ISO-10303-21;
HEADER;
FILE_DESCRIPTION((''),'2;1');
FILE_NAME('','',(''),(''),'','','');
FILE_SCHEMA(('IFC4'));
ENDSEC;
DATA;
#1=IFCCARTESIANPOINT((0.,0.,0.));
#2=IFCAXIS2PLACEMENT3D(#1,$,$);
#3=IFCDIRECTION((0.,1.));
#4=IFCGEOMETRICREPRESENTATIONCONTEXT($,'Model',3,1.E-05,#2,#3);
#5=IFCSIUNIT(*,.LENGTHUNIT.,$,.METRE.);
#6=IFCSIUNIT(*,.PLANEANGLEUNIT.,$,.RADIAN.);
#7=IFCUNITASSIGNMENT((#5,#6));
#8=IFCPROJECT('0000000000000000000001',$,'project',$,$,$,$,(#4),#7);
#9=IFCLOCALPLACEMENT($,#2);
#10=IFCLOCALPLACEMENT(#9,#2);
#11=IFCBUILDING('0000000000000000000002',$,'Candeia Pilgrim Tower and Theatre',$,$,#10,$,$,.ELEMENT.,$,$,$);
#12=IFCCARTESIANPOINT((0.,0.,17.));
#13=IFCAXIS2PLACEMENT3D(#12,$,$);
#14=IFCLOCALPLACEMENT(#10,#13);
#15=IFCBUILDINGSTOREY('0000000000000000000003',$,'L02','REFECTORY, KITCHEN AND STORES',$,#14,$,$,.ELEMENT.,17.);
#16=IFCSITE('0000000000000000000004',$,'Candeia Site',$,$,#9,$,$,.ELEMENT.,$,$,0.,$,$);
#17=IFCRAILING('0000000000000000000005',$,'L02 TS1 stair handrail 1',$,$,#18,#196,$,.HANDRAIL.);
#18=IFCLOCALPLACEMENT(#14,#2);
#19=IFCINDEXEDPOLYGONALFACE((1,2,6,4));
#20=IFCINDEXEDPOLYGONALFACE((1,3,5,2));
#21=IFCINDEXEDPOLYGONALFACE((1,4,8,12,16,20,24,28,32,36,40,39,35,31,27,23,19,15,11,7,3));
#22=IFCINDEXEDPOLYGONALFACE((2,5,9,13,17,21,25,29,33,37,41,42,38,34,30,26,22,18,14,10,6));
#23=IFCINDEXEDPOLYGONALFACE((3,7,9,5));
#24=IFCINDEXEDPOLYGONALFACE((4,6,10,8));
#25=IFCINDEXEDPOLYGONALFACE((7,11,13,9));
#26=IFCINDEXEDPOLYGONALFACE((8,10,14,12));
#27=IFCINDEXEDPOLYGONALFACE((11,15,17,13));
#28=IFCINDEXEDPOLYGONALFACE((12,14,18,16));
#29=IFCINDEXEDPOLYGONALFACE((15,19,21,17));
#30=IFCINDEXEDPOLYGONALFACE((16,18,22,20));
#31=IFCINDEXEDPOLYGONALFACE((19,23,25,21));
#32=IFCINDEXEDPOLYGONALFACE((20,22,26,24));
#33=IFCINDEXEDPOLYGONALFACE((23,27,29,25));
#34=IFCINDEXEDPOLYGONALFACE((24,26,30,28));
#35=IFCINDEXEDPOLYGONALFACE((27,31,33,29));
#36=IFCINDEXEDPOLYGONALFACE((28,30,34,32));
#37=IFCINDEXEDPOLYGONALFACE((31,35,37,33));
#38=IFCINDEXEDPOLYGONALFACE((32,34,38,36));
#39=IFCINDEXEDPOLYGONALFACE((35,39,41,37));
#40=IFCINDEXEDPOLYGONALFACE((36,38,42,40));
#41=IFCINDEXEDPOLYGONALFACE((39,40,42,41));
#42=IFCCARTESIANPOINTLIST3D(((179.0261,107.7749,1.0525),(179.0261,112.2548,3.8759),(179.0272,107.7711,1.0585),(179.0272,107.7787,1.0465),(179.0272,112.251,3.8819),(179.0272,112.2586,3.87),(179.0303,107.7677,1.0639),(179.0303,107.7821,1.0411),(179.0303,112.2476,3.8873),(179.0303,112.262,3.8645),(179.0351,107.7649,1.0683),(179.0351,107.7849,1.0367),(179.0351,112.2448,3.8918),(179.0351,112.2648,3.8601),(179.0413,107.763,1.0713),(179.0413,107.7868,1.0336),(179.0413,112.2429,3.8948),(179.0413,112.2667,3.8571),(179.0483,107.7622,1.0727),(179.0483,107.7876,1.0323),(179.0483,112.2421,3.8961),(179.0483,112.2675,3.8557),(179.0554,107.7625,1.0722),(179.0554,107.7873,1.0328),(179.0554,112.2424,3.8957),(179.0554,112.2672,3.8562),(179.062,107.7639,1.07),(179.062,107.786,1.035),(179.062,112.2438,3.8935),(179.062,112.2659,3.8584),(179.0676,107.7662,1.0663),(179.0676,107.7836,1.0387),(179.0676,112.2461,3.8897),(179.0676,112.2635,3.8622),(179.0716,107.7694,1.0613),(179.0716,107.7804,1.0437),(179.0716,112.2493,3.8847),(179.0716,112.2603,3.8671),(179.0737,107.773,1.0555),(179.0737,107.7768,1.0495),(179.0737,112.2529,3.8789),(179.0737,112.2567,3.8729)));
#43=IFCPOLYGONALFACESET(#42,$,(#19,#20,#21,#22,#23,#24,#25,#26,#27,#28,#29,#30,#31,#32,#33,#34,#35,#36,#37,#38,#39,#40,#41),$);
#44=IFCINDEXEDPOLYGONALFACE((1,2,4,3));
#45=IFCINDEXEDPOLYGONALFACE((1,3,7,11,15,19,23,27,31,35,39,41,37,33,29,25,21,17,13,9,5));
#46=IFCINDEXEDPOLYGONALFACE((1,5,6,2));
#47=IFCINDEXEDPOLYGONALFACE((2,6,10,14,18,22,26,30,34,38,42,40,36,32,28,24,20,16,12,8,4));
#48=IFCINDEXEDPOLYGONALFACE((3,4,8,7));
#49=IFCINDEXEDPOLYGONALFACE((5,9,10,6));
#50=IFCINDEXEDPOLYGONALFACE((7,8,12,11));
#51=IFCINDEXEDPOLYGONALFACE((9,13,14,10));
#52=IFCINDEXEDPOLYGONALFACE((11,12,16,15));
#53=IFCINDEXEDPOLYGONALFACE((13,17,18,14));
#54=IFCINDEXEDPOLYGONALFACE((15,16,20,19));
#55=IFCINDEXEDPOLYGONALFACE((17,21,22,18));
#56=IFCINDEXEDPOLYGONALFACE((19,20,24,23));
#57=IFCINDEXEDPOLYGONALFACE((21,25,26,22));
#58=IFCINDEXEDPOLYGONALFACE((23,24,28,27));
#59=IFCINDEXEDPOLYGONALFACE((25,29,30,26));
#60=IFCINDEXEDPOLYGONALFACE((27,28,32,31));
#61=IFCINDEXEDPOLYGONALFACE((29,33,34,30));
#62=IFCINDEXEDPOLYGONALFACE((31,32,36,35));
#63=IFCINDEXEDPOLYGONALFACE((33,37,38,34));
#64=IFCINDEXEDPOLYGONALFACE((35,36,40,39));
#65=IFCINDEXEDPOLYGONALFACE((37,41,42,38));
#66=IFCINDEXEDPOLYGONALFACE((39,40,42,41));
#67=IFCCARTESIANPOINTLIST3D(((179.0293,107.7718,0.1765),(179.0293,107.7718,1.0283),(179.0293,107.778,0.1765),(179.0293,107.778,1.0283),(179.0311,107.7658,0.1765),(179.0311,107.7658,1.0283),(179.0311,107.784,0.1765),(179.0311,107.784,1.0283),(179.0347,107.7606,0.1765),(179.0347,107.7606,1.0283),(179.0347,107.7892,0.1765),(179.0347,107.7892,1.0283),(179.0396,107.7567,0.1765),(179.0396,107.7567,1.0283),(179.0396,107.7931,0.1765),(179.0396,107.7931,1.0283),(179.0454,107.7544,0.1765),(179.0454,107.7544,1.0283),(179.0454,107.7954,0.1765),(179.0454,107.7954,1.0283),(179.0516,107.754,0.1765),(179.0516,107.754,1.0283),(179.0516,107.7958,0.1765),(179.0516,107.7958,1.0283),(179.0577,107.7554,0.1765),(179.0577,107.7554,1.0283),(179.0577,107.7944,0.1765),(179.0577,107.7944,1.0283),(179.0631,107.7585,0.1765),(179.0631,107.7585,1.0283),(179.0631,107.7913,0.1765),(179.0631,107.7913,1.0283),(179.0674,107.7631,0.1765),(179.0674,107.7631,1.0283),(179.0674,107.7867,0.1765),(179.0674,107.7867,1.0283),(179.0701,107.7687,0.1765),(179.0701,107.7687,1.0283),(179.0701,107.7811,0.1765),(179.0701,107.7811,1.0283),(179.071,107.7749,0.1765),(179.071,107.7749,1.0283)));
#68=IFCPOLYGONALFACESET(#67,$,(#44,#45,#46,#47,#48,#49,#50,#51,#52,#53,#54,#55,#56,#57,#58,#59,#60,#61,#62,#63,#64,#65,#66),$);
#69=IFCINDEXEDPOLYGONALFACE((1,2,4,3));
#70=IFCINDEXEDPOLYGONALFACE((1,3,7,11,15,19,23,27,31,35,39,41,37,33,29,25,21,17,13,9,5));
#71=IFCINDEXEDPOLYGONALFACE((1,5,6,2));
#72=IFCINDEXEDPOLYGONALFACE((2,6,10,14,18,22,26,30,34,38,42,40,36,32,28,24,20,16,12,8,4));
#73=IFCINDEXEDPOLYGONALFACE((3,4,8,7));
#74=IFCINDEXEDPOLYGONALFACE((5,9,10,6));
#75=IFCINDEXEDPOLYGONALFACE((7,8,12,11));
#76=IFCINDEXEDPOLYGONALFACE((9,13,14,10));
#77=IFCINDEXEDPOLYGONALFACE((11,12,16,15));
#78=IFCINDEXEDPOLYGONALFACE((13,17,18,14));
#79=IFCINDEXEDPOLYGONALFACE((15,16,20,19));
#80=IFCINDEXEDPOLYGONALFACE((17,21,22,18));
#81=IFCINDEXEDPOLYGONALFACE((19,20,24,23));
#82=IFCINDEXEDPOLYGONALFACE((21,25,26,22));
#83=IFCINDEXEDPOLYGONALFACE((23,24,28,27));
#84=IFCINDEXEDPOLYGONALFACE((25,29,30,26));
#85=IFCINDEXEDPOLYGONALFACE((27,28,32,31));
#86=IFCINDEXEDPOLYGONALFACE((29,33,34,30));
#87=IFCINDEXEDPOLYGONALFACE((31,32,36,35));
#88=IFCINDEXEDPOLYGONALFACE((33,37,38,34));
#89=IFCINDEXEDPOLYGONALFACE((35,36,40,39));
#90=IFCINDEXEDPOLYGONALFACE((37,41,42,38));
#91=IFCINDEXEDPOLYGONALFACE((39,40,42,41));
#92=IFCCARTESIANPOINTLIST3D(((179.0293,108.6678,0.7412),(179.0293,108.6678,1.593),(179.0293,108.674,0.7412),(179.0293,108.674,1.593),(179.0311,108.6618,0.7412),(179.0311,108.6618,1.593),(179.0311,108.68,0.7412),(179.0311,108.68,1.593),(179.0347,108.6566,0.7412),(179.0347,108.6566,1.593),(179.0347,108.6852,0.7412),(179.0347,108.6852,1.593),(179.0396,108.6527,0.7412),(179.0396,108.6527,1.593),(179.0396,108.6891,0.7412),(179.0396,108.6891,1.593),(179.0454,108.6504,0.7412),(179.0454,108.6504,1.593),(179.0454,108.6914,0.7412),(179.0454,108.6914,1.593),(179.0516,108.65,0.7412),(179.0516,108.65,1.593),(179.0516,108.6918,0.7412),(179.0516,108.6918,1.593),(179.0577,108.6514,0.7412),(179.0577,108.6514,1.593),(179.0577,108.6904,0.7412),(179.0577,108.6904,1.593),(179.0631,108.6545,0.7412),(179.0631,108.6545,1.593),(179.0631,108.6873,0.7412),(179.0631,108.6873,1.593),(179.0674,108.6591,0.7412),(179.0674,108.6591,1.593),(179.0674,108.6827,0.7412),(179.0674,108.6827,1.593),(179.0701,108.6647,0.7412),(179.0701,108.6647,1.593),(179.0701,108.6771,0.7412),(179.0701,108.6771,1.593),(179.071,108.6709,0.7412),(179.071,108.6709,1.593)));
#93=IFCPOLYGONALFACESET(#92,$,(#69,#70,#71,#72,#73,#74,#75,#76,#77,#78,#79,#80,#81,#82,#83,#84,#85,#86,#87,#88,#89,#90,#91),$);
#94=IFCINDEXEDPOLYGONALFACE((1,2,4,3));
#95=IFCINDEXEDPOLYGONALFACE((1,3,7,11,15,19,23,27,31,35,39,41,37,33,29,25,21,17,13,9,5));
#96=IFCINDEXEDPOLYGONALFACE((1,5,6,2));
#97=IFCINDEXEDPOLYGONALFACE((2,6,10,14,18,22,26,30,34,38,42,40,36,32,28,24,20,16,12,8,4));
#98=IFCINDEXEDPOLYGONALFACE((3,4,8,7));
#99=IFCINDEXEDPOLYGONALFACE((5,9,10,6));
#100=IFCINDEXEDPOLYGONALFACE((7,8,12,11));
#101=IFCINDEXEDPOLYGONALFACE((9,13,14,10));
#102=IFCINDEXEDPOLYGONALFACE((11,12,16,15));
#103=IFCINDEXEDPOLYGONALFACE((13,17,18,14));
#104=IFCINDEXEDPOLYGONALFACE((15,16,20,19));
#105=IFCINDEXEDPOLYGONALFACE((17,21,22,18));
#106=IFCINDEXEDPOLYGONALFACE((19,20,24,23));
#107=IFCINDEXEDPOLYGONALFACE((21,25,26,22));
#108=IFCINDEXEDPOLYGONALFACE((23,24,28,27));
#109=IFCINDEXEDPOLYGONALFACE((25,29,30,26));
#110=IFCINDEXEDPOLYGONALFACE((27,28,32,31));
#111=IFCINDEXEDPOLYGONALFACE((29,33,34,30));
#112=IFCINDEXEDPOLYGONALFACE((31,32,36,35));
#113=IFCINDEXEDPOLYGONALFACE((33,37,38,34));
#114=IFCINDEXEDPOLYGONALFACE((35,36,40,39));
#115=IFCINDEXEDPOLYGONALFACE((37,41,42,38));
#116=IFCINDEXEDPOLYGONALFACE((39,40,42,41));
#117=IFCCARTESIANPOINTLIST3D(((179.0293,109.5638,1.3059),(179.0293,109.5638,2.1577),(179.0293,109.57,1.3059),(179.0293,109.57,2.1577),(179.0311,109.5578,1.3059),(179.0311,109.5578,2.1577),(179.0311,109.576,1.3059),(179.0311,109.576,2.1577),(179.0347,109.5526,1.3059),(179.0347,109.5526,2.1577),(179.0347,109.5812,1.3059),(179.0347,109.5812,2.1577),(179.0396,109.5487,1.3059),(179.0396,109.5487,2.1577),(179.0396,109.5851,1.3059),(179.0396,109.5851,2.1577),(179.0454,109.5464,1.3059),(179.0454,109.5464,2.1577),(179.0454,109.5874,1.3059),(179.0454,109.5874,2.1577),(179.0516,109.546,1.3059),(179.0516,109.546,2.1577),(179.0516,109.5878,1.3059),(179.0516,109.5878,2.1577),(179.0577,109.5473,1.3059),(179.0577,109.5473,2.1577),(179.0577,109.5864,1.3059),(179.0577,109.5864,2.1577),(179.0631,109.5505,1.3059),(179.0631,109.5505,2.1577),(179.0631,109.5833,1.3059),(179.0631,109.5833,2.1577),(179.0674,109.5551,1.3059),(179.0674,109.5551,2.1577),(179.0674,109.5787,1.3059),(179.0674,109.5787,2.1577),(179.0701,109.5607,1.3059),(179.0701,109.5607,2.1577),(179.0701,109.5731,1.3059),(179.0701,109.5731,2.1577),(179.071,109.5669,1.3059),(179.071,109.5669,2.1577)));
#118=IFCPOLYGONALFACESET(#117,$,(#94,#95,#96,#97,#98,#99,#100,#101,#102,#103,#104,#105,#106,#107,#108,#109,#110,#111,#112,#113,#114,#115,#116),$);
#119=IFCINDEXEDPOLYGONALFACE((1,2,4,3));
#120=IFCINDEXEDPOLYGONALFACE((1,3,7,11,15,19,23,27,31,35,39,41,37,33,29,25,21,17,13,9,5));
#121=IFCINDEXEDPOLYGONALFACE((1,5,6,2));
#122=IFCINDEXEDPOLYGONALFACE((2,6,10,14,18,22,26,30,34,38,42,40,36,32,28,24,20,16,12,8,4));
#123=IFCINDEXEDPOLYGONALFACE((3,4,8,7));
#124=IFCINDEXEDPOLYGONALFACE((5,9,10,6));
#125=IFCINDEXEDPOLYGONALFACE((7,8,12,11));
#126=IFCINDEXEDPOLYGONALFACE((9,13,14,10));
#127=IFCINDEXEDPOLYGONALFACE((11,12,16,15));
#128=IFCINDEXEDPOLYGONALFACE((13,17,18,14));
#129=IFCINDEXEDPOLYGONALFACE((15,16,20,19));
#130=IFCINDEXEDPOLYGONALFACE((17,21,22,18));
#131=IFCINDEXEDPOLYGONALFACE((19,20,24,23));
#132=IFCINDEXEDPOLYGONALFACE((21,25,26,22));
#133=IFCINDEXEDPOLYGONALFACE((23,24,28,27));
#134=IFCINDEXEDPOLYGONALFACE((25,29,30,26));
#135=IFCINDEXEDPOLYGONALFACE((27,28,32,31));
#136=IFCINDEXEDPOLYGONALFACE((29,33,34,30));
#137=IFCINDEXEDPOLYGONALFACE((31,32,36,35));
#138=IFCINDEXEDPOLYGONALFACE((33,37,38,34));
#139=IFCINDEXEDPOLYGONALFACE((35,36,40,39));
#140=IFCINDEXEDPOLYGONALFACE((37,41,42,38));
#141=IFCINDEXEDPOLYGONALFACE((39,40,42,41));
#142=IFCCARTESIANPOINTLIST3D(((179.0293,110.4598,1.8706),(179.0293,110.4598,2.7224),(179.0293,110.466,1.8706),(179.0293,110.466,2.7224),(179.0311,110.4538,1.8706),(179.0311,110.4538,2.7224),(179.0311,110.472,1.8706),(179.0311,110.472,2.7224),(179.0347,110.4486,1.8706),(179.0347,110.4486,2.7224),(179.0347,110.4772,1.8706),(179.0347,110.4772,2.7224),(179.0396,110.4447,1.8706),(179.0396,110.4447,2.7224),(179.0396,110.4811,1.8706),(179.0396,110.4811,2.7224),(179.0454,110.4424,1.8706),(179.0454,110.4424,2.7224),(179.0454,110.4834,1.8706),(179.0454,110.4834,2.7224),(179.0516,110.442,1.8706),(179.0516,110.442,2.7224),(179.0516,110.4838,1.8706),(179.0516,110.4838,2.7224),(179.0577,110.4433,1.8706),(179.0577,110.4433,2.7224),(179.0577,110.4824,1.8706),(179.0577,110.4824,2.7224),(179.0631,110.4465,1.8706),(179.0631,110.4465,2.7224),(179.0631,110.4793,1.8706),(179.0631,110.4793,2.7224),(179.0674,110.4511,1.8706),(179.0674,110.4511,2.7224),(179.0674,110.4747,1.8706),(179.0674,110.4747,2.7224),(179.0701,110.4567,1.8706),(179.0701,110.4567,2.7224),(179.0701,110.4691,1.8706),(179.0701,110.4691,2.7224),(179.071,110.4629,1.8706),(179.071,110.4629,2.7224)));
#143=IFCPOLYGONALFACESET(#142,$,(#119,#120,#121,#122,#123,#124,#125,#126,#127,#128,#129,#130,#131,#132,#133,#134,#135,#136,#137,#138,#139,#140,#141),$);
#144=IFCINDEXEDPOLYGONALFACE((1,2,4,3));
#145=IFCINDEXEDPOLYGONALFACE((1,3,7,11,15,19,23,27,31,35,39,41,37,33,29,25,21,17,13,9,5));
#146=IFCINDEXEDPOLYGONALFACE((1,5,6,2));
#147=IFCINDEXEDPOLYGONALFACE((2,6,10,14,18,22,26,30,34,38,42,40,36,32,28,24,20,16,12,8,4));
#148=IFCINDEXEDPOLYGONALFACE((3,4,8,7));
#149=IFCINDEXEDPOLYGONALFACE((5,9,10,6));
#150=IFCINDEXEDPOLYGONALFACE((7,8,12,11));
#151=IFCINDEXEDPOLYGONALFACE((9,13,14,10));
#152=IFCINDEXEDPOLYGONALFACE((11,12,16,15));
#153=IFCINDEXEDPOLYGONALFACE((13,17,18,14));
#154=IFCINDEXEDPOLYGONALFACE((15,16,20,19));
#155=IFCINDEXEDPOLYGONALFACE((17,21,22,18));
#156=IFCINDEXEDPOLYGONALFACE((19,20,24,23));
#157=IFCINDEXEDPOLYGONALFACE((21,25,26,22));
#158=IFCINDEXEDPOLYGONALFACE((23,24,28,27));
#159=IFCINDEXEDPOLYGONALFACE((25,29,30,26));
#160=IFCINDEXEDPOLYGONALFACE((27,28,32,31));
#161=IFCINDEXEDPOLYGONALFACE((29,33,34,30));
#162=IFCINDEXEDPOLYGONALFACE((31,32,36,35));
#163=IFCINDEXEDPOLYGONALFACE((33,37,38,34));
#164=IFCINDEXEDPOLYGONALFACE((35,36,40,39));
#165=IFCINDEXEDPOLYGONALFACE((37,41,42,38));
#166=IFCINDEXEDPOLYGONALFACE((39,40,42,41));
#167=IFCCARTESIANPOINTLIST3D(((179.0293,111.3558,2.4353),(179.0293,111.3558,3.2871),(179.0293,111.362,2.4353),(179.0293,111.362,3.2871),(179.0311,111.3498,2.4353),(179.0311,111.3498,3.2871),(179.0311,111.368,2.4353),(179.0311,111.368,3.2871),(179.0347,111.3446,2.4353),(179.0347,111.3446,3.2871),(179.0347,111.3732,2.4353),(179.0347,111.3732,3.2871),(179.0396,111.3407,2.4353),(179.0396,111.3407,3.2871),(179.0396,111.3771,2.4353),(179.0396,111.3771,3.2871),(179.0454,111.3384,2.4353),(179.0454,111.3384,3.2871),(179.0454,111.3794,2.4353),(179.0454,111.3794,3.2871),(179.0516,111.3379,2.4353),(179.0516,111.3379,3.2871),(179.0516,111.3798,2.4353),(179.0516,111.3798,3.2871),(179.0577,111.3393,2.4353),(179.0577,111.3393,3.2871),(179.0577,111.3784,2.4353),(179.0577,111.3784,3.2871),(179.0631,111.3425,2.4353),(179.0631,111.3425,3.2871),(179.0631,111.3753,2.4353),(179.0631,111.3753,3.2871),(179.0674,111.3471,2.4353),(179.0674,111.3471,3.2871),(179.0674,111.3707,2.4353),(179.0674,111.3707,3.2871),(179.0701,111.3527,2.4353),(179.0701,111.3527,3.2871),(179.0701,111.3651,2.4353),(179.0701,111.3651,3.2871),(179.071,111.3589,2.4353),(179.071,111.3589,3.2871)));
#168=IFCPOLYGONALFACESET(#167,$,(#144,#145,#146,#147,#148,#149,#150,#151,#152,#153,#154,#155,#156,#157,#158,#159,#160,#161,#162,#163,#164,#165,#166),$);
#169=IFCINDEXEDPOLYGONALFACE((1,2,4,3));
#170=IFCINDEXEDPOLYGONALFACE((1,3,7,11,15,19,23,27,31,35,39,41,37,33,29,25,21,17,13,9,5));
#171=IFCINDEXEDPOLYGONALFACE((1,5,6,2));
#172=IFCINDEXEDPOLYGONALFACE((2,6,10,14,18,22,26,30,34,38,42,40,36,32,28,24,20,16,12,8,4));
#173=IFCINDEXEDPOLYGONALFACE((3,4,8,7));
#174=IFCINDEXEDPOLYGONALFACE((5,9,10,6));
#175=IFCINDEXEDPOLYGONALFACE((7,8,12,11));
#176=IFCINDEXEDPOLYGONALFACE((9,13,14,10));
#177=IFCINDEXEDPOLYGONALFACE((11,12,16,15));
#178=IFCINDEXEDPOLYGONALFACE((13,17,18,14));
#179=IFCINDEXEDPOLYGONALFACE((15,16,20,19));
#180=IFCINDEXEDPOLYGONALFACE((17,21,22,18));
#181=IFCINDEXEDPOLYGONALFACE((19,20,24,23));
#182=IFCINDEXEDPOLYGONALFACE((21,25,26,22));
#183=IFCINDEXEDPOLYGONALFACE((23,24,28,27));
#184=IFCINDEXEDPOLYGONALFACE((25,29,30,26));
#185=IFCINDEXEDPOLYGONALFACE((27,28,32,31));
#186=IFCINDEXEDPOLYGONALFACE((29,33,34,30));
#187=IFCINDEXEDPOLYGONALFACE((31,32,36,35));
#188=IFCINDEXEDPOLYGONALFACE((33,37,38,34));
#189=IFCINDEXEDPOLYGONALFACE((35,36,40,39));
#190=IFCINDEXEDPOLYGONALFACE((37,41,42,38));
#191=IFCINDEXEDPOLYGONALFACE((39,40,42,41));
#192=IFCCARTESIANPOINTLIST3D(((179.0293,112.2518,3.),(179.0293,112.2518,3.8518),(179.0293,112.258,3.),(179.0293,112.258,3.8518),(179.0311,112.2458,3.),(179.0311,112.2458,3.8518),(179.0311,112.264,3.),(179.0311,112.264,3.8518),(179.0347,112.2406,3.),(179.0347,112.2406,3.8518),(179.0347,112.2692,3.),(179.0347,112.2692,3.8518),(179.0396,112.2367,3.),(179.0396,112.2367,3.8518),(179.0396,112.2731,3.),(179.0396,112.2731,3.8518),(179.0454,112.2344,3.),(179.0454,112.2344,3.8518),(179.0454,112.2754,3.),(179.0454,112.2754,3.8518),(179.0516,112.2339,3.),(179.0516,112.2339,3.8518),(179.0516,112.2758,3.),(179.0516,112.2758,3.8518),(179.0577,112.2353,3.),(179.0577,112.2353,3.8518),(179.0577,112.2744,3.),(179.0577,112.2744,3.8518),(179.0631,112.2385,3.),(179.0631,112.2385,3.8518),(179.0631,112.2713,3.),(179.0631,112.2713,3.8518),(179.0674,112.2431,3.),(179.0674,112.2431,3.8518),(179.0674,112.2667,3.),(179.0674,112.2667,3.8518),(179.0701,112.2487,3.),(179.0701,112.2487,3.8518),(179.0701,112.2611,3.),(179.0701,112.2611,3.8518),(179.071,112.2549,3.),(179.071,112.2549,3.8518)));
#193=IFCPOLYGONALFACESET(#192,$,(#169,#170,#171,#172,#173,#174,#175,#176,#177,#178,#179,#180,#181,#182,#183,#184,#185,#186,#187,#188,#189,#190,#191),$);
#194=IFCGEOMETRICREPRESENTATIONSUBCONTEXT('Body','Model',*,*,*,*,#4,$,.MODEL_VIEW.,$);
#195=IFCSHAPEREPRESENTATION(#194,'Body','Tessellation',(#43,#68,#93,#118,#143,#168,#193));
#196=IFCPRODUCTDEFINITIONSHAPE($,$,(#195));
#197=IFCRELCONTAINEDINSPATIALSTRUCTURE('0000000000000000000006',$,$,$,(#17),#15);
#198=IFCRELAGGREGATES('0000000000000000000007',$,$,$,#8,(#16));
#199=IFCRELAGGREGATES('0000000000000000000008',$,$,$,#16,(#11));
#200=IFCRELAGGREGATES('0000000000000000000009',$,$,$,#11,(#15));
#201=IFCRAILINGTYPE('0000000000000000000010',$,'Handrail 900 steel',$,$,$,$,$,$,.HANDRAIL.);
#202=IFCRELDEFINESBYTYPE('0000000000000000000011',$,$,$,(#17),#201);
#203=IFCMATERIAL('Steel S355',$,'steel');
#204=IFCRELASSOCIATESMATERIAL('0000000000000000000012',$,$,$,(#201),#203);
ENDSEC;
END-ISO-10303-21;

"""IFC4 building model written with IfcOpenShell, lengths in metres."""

from ifc_helpers import new_model, si_unit, direction, frame, origin, origin_2d, place, context, subcontext, project, spatial, circle, extrude, material, type_object, element, save


model = new_model("IFC4")

# Units and contexts
model_context = context("Model", 3, precision=1e-05, world=origin(), true_north=direction((0.0, 1.0)))
body_context = subcontext(model_context, "Body", "Model", "MODEL_VIEW")
ifc_project = project(units=[si_unit("LENGTHUNIT", "METRE"), si_unit("PLANEANGLEUNIT", "RADIAN")], contexts=[model_context])

# Site, building, storey
site_placement = place(None, origin())
site = spatial("IfcSite", under=ifc_project, at=site_placement, Name="Candeia Site", CompositionType="ELEMENT", RefElevation=0.0)
building_placement = place(site_placement, origin())
building = spatial("IfcBuilding", under=site, at=building_placement, Name="Candeia Pilgrim Tower and Theatre", CompositionType="ELEMENT")
storey_placement = place(building_placement, frame((0.0, 0.0, 17.0)))
storey = spatial("IfcBuildingStorey", under=building, at=storey_placement, Name="L02", Description="REFECTORY, KITCHEN AND STORES", CompositionType="ELEMENT", Elevation=17.0)

# Railing
ifc_material_1 = material(Name="Steel S355", Category="steel")
railing_type_1 = type_object("IfcRailingType", Name="Handrail 900 steel", PredefinedType="HANDRAIL", material=ifc_material_1)
railing_1_placement = place(storey_placement, frame((179.05, 107.7749, 0.1765)))
element("IfcRailing", 1, at=railing_1_placement, inside=storey, type_object=railing_type_1, Name="L02 TS1 stair handrail 1", PredefinedType="HANDRAIL", context=body_context, shape_type="SweptSolid", body=[
    extrude(circle(Radius=0.0239, at=origin_2d()), frame((0.0, 0.0, 0.876), z_axis=(0.0, 0.845998, 0.533186), x_axis=(-1.0, 0.0, 0.0)), (0.0, 0.0, 1.0), 5.2954),
    extrude(circle(Radius=0.021, at=origin_2d()), origin(), (0.0, 0.0, 1.0), 0.8518),
    extrude(circle(Radius=0.021, at=origin_2d()), frame((0.0, 0.896, 0.5647)), (0.0, 0.0, 1.0), 0.8518),
    extrude(circle(Radius=0.021, at=origin_2d()), frame((0.0, 1.792, 1.1294)), (0.0, 0.0, 1.0), 0.8518),
    extrude(circle(Radius=0.021, at=origin_2d()), frame((0.0, 2.688, 1.6941)), (0.0, 0.0, 1.0), 0.8518),
    extrude(circle(Radius=0.021, at=origin_2d()), frame((0.0, 3.584, 2.2588)), (0.0, 0.0, 1.0), 0.8518),
    extrude(circle(Radius=0.021, at=origin_2d()), frame((0.0, 4.48, 2.8235)), (0.0, 0.0, 1.0), 0.8518),
])

save(model, "model.ifc")
